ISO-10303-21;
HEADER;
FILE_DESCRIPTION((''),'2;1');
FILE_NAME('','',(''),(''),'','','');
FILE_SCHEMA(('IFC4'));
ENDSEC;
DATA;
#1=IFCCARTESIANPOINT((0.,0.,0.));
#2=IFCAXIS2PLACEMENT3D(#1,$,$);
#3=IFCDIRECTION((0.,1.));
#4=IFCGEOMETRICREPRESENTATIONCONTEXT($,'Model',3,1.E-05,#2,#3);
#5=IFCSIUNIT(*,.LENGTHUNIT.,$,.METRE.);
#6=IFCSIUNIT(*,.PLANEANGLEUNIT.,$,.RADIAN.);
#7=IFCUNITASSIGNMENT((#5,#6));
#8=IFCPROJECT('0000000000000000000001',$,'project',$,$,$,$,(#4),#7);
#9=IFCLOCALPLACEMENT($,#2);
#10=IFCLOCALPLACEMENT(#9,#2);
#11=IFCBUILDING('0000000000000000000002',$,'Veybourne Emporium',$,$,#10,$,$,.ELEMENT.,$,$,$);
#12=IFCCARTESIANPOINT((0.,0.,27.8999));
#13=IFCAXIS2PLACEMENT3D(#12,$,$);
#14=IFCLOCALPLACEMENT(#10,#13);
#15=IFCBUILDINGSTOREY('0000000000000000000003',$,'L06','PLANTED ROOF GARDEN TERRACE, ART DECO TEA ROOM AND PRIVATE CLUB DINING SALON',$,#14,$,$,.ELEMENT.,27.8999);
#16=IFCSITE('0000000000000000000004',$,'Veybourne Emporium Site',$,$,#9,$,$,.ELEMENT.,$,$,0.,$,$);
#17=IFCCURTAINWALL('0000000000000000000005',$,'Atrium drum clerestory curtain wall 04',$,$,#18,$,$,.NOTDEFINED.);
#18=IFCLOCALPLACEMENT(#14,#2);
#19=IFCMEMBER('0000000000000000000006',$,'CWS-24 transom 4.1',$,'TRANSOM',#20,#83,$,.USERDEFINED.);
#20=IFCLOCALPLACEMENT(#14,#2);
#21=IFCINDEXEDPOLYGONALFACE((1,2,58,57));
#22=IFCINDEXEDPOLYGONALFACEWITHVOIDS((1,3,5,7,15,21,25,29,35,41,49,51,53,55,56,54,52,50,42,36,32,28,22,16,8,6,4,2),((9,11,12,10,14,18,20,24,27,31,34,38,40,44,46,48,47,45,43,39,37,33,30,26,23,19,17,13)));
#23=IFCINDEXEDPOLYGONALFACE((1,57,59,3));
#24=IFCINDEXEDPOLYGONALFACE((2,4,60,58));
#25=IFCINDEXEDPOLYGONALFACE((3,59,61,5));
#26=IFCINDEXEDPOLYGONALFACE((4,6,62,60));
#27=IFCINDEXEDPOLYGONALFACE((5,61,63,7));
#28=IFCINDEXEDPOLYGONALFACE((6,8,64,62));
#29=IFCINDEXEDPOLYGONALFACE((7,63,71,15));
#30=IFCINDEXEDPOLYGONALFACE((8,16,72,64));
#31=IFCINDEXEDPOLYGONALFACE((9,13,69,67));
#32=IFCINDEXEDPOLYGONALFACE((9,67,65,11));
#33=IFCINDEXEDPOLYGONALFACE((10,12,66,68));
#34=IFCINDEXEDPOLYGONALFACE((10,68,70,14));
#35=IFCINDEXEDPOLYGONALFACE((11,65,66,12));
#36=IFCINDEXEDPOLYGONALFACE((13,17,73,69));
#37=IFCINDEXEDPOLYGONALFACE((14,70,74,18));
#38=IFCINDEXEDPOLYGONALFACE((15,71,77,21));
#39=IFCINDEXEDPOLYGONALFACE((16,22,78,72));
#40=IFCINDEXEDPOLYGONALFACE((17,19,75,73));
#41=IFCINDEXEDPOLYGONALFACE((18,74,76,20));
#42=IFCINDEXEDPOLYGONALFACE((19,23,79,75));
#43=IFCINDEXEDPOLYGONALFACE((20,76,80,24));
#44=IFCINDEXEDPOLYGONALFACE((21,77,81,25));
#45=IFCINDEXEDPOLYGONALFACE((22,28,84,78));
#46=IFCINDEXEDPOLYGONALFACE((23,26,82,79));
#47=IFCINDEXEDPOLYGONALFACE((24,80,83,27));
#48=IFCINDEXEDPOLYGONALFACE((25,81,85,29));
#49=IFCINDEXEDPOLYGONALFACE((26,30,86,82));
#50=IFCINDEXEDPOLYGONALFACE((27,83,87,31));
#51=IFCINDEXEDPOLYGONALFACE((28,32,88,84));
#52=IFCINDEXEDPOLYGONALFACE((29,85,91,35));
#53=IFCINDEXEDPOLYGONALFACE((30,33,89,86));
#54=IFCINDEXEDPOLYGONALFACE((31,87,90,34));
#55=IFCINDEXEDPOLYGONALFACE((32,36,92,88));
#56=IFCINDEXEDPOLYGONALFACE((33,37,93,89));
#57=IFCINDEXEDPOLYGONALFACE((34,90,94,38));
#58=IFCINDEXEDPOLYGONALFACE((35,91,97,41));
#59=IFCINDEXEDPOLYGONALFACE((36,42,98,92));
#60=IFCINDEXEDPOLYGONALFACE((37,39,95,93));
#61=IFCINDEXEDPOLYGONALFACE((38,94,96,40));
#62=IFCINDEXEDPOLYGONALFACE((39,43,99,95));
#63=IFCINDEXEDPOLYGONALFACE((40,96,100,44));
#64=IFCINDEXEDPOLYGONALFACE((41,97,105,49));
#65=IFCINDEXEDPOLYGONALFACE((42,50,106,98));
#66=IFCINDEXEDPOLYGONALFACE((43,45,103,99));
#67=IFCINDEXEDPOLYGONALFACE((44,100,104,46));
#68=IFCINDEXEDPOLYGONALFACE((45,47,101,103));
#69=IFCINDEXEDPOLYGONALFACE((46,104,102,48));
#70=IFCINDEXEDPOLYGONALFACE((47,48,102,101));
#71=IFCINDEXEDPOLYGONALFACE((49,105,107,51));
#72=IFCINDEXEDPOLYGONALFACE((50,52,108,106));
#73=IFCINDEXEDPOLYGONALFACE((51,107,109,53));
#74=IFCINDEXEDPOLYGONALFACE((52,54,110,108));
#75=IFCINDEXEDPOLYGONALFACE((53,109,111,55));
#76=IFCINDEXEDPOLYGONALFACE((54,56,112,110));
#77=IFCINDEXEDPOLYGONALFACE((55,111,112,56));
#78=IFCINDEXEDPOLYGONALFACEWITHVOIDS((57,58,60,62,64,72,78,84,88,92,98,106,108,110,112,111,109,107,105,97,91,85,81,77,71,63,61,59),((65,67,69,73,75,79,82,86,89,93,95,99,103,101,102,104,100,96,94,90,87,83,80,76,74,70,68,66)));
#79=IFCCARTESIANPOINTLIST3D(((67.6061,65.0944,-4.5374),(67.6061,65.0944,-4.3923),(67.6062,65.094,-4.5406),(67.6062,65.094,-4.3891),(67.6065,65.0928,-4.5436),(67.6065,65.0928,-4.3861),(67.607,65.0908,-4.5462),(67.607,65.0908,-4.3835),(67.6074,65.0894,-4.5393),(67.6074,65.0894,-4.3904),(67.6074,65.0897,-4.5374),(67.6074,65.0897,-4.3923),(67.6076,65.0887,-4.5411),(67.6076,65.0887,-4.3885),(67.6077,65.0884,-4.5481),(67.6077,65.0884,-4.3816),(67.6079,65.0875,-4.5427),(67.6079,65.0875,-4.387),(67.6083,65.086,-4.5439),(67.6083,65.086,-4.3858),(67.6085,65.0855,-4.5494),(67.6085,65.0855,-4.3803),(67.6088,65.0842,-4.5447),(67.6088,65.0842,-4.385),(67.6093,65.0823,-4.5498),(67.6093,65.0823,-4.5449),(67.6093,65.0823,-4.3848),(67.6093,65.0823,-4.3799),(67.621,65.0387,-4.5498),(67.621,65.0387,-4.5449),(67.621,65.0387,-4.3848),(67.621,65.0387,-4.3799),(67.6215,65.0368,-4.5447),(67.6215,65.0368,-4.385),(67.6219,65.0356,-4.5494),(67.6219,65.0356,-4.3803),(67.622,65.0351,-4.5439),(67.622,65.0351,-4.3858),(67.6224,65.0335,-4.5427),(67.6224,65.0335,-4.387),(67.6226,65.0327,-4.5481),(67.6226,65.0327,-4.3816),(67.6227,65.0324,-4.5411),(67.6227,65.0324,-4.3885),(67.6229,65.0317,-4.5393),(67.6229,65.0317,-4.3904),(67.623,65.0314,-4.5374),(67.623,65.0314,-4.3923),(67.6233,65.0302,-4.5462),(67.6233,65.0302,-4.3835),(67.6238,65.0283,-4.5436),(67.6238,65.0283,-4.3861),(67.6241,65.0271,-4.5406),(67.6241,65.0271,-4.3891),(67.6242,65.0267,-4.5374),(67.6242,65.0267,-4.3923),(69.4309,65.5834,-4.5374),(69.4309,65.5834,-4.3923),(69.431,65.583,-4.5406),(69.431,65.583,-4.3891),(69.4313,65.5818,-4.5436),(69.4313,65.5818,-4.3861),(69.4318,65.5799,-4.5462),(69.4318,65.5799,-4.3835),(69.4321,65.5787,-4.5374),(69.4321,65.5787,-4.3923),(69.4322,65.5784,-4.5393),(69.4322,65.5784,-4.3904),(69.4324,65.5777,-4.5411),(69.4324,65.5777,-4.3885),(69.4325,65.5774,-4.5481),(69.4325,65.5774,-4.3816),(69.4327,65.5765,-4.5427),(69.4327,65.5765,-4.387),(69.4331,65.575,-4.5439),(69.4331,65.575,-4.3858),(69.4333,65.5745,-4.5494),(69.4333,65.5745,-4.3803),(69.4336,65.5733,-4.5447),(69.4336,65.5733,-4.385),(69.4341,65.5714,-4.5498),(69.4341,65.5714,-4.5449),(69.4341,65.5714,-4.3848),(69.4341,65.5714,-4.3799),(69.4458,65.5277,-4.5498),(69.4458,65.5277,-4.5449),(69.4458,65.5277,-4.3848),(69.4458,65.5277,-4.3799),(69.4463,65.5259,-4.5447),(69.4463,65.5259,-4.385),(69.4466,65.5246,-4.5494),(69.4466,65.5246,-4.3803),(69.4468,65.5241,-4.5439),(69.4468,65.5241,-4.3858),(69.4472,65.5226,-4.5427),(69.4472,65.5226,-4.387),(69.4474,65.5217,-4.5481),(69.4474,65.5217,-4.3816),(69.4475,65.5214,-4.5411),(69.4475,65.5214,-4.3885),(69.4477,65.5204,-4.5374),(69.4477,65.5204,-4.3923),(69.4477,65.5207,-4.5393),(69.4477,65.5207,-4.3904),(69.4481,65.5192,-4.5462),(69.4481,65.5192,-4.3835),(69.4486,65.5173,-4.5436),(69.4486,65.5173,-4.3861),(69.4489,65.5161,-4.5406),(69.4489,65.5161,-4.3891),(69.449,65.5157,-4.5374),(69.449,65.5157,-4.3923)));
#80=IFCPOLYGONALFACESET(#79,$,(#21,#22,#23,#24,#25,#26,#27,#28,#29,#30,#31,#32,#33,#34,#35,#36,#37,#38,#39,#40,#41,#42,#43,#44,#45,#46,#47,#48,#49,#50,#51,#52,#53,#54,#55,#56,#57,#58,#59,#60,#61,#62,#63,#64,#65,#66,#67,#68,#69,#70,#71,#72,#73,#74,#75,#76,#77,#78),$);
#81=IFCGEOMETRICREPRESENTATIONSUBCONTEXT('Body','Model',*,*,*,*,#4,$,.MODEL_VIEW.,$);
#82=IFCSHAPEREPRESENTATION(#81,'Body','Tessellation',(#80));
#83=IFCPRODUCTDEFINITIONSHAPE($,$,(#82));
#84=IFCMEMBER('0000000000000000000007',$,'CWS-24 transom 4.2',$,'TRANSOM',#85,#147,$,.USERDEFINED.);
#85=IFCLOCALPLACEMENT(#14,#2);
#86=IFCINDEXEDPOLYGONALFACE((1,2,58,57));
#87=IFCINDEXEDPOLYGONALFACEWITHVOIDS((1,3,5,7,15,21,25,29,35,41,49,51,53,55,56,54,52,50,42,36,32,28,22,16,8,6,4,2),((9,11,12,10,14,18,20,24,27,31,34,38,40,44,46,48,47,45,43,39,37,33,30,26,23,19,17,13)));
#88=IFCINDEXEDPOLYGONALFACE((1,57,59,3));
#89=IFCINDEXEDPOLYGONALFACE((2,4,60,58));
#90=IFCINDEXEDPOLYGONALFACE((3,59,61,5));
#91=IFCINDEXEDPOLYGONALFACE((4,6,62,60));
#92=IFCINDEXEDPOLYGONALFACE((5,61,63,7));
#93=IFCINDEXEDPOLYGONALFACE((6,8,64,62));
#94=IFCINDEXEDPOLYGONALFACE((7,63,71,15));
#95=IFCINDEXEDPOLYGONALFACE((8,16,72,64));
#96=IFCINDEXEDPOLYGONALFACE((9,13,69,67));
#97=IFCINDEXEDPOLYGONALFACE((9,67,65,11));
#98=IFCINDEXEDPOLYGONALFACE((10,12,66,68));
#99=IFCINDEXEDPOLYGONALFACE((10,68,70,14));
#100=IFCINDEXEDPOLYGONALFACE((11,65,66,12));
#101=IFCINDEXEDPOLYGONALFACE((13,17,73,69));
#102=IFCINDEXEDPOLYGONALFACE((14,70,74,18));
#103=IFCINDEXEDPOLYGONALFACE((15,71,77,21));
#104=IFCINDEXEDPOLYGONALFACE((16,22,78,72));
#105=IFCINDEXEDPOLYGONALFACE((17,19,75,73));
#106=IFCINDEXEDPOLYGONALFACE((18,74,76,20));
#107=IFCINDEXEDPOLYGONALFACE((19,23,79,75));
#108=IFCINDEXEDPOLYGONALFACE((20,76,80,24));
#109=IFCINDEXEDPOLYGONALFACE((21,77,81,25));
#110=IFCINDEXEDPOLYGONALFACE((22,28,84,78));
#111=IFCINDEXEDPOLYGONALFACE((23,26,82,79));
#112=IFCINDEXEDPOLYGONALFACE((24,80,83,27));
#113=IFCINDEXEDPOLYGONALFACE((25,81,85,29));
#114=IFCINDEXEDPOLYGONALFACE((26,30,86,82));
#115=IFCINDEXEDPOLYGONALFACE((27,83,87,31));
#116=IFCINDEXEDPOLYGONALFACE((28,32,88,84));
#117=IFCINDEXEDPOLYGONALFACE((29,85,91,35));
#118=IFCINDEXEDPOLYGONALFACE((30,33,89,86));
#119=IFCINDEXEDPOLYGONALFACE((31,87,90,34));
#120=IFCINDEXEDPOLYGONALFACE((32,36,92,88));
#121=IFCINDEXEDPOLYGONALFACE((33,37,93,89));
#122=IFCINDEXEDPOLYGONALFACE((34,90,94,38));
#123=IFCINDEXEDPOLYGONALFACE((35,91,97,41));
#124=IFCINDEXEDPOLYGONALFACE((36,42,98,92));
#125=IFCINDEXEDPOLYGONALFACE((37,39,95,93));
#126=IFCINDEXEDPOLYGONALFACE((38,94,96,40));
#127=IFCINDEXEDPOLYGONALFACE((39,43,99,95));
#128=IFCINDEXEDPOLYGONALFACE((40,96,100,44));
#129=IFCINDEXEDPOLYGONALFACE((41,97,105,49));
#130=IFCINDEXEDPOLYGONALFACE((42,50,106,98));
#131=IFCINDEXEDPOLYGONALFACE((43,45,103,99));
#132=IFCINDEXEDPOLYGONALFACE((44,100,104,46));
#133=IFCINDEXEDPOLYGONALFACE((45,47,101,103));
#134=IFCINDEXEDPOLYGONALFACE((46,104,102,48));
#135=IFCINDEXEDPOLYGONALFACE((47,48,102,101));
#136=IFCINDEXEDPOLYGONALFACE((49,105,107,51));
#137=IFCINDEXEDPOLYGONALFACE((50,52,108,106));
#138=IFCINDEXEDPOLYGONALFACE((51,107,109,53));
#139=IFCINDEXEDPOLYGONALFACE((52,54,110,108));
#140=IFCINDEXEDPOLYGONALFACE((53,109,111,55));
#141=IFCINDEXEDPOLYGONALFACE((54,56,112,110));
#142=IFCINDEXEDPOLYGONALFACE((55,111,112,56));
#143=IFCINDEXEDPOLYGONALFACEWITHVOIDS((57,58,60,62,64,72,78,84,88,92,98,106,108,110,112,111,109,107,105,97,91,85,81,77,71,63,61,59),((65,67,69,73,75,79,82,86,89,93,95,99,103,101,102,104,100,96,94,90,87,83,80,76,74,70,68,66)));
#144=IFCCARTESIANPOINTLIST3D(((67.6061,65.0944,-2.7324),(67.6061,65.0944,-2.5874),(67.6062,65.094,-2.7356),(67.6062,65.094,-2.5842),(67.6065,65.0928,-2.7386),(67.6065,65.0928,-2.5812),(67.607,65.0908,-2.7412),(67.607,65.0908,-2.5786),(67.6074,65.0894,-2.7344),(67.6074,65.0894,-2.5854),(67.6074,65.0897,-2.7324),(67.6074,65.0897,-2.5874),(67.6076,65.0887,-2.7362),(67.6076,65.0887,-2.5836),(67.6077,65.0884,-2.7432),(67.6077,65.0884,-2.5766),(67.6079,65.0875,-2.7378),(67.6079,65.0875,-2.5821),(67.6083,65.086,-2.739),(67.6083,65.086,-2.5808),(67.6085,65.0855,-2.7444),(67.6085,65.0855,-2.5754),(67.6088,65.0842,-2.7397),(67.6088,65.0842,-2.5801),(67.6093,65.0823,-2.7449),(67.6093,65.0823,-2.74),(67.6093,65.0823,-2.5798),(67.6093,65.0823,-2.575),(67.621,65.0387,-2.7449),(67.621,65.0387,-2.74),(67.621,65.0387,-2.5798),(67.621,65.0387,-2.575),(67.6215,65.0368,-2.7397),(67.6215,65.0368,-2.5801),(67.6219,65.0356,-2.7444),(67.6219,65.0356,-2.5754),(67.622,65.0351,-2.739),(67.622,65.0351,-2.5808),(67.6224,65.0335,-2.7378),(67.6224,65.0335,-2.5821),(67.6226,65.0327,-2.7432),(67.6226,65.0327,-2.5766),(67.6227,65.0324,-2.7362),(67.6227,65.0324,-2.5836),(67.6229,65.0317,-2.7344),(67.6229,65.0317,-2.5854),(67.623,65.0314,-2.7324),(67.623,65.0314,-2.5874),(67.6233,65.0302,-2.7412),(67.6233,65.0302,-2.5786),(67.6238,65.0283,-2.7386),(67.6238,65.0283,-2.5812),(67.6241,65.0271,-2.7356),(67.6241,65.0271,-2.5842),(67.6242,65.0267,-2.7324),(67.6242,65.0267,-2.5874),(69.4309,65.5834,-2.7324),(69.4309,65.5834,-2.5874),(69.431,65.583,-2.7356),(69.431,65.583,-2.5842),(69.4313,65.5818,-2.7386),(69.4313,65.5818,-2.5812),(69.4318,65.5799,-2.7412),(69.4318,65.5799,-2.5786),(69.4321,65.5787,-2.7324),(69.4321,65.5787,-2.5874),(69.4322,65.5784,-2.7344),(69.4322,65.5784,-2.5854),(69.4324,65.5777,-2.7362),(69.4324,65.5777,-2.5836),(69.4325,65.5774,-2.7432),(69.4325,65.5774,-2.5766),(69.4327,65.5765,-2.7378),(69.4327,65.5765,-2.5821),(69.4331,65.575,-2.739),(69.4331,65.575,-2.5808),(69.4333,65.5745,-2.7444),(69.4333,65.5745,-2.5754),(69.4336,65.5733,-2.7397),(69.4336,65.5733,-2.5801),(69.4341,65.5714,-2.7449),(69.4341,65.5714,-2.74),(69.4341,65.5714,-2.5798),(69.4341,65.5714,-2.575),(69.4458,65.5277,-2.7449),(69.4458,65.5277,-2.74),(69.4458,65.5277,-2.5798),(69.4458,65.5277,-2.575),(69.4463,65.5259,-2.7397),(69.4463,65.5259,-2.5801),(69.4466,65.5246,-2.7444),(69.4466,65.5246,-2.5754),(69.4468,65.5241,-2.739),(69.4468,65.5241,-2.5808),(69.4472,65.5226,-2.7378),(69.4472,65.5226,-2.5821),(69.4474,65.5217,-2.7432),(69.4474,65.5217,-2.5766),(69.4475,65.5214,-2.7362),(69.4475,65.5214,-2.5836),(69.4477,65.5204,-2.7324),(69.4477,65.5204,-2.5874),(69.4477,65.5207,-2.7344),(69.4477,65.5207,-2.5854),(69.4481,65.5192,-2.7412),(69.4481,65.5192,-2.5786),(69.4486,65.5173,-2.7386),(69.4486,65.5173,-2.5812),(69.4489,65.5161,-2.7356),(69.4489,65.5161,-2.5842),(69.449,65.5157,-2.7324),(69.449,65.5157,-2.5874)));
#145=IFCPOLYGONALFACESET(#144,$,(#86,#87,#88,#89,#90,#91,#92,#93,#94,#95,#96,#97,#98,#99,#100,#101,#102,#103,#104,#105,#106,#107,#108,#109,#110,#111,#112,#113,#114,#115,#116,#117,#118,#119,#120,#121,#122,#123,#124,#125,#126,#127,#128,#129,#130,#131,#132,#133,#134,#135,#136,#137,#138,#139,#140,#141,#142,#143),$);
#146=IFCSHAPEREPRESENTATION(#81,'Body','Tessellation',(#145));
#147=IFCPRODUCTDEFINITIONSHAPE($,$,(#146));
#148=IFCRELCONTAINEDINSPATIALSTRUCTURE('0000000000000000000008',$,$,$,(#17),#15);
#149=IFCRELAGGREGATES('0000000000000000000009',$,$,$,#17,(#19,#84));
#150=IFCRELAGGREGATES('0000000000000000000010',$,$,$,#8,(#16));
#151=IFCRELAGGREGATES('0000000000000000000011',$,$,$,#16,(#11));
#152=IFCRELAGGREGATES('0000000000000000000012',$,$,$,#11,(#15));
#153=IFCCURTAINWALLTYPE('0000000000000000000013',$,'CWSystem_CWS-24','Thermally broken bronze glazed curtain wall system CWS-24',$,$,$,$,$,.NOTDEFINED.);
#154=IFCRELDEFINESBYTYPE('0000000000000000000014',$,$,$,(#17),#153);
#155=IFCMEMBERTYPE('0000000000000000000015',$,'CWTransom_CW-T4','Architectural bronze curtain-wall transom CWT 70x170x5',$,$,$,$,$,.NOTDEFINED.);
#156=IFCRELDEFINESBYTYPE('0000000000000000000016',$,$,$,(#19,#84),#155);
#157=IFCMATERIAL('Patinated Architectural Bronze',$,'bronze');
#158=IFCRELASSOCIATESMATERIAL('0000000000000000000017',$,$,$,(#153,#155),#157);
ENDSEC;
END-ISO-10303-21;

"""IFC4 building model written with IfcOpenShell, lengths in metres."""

from ifc_helpers import new_model, si_unit, direction, frame, origin, origin_2d, place, context, subcontext, project, spatial, hollow_rectangle, extrude, material, material_profile, profile_set, type_object, element, aggregate, save


model = new_model("IFC4")

# Units and contexts
model_context = context("Model", 3, precision=1e-05, world=origin(), true_north=direction((0.0, 1.0)))
body_context = subcontext(model_context, "Body", "Model", "MODEL_VIEW")
ifc_project = project(units=[si_unit("LENGTHUNIT", "METRE"), si_unit("PLANEANGLEUNIT", "RADIAN")], contexts=[model_context])

# Site, building, storey
site_placement = place(None, origin())
site = spatial("IfcSite", under=ifc_project, at=site_placement, Name="Veybourne Emporium Site", CompositionType="ELEMENT", RefElevation=0.0)
building_placement = place(site_placement, origin())
building = spatial("IfcBuilding", under=site, at=building_placement, Name="Veybourne Emporium", CompositionType="ELEMENT")
storey_placement = place(building_placement, frame((0.0, 0.0, 27.8999)))
storey = spatial("IfcBuildingStorey", under=building, at=storey_placement, Name="L06", Description="PLANTED ROOF GARDEN TERRACE, ART DECO TEA ROOM AND PRIVATE CLUB DINING SALON", CompositionType="ELEMENT", Elevation=27.8999)

# Curtain wall
ifc_material_1 = material(Name="Patinated Architectural Bronze", Category="bronze")
curtain_wall_type_1 = type_object("IfcCurtainWallType", Name="CWSystem_CWS-24", Description="Thermally broken bronze glazed curtain wall system CWS-24", PredefinedType="NOTDEFINED", material=ifc_material_1)
curtain_wall_1_placement = place(storey_placement, origin())
curtain_wall_1 = element("IfcCurtainWall", 1, at=curtain_wall_1_placement, inside=storey, type_object=curtain_wall_type_1, Name="Atrium drum clerestory curtain wall 04", PredefinedType="NOTDEFINED")

# Members
ifc_material_profile_1 = material_profile(ifc_material_1, hollow_rectangle(XDim=0.0701, YDim=0.1699, WallThickness=0.0049, InnerFilletRadius=0.0076, OuterFilletRadius=0.0125, at=origin_2d()), Name="CWT 70x170x5")
ifc_profile_set_1 = profile_set([ifc_material_profile_1], Name="Patinated Architectural Bronze")
member_type_1 = type_object("IfcMemberType", Name="CWTransom_CW-T4", Description="Architectural bronze curtain-wall transom CWT 70x170x5", PredefinedType="NOTDEFINED", material=ifc_profile_set_1)
member_1_placement = place(storey_placement, frame((69.4399, 65.5496, -4.4648), z_axis=(-0.965915, -0.258861, 0.0), x_axis=(0.258861, -0.965915, 0.0)))
member_1 = element("IfcMember", 2, at=member_1_placement, type_object=member_type_1, Name="CWS-24 transom 4.1", ObjectType="TRANSOM", PredefinedType="USERDEFINED", context=body_context, shape_type="SweptSolid", body=[
    extrude(hollow_rectangle(XDim=0.0701, YDim=0.1699, WallThickness=0.0049, InnerFilletRadius=0.0076, OuterFilletRadius=0.0125, at=origin_2d()), origin(), (0.0, 0.0, 1.0), 1.8892),
])
member_2_placement = place(storey_placement, frame((69.4399, 65.5496, -2.6599), z_axis=(-0.965915, -0.258861, 0.0), x_axis=(0.258861, -0.965915, 0.0)))
member_2 = element("IfcMember", 3, at=member_2_placement, type_object=member_type_1, Name="CWS-24 transom 4.2", ObjectType="TRANSOM", PredefinedType="USERDEFINED", context=body_context, shape_type="SweptSolid", body=[
    extrude(hollow_rectangle(XDim=0.0701, YDim=0.1699, WallThickness=0.0049, InnerFilletRadius=0.0076, OuterFilletRadius=0.0125, at=origin_2d()), origin(), (0.0, 0.0, 1.0), 1.8892),
])

aggregate(curtain_wall_1, [member_1, member_2])

save(model, "model.ifc")
